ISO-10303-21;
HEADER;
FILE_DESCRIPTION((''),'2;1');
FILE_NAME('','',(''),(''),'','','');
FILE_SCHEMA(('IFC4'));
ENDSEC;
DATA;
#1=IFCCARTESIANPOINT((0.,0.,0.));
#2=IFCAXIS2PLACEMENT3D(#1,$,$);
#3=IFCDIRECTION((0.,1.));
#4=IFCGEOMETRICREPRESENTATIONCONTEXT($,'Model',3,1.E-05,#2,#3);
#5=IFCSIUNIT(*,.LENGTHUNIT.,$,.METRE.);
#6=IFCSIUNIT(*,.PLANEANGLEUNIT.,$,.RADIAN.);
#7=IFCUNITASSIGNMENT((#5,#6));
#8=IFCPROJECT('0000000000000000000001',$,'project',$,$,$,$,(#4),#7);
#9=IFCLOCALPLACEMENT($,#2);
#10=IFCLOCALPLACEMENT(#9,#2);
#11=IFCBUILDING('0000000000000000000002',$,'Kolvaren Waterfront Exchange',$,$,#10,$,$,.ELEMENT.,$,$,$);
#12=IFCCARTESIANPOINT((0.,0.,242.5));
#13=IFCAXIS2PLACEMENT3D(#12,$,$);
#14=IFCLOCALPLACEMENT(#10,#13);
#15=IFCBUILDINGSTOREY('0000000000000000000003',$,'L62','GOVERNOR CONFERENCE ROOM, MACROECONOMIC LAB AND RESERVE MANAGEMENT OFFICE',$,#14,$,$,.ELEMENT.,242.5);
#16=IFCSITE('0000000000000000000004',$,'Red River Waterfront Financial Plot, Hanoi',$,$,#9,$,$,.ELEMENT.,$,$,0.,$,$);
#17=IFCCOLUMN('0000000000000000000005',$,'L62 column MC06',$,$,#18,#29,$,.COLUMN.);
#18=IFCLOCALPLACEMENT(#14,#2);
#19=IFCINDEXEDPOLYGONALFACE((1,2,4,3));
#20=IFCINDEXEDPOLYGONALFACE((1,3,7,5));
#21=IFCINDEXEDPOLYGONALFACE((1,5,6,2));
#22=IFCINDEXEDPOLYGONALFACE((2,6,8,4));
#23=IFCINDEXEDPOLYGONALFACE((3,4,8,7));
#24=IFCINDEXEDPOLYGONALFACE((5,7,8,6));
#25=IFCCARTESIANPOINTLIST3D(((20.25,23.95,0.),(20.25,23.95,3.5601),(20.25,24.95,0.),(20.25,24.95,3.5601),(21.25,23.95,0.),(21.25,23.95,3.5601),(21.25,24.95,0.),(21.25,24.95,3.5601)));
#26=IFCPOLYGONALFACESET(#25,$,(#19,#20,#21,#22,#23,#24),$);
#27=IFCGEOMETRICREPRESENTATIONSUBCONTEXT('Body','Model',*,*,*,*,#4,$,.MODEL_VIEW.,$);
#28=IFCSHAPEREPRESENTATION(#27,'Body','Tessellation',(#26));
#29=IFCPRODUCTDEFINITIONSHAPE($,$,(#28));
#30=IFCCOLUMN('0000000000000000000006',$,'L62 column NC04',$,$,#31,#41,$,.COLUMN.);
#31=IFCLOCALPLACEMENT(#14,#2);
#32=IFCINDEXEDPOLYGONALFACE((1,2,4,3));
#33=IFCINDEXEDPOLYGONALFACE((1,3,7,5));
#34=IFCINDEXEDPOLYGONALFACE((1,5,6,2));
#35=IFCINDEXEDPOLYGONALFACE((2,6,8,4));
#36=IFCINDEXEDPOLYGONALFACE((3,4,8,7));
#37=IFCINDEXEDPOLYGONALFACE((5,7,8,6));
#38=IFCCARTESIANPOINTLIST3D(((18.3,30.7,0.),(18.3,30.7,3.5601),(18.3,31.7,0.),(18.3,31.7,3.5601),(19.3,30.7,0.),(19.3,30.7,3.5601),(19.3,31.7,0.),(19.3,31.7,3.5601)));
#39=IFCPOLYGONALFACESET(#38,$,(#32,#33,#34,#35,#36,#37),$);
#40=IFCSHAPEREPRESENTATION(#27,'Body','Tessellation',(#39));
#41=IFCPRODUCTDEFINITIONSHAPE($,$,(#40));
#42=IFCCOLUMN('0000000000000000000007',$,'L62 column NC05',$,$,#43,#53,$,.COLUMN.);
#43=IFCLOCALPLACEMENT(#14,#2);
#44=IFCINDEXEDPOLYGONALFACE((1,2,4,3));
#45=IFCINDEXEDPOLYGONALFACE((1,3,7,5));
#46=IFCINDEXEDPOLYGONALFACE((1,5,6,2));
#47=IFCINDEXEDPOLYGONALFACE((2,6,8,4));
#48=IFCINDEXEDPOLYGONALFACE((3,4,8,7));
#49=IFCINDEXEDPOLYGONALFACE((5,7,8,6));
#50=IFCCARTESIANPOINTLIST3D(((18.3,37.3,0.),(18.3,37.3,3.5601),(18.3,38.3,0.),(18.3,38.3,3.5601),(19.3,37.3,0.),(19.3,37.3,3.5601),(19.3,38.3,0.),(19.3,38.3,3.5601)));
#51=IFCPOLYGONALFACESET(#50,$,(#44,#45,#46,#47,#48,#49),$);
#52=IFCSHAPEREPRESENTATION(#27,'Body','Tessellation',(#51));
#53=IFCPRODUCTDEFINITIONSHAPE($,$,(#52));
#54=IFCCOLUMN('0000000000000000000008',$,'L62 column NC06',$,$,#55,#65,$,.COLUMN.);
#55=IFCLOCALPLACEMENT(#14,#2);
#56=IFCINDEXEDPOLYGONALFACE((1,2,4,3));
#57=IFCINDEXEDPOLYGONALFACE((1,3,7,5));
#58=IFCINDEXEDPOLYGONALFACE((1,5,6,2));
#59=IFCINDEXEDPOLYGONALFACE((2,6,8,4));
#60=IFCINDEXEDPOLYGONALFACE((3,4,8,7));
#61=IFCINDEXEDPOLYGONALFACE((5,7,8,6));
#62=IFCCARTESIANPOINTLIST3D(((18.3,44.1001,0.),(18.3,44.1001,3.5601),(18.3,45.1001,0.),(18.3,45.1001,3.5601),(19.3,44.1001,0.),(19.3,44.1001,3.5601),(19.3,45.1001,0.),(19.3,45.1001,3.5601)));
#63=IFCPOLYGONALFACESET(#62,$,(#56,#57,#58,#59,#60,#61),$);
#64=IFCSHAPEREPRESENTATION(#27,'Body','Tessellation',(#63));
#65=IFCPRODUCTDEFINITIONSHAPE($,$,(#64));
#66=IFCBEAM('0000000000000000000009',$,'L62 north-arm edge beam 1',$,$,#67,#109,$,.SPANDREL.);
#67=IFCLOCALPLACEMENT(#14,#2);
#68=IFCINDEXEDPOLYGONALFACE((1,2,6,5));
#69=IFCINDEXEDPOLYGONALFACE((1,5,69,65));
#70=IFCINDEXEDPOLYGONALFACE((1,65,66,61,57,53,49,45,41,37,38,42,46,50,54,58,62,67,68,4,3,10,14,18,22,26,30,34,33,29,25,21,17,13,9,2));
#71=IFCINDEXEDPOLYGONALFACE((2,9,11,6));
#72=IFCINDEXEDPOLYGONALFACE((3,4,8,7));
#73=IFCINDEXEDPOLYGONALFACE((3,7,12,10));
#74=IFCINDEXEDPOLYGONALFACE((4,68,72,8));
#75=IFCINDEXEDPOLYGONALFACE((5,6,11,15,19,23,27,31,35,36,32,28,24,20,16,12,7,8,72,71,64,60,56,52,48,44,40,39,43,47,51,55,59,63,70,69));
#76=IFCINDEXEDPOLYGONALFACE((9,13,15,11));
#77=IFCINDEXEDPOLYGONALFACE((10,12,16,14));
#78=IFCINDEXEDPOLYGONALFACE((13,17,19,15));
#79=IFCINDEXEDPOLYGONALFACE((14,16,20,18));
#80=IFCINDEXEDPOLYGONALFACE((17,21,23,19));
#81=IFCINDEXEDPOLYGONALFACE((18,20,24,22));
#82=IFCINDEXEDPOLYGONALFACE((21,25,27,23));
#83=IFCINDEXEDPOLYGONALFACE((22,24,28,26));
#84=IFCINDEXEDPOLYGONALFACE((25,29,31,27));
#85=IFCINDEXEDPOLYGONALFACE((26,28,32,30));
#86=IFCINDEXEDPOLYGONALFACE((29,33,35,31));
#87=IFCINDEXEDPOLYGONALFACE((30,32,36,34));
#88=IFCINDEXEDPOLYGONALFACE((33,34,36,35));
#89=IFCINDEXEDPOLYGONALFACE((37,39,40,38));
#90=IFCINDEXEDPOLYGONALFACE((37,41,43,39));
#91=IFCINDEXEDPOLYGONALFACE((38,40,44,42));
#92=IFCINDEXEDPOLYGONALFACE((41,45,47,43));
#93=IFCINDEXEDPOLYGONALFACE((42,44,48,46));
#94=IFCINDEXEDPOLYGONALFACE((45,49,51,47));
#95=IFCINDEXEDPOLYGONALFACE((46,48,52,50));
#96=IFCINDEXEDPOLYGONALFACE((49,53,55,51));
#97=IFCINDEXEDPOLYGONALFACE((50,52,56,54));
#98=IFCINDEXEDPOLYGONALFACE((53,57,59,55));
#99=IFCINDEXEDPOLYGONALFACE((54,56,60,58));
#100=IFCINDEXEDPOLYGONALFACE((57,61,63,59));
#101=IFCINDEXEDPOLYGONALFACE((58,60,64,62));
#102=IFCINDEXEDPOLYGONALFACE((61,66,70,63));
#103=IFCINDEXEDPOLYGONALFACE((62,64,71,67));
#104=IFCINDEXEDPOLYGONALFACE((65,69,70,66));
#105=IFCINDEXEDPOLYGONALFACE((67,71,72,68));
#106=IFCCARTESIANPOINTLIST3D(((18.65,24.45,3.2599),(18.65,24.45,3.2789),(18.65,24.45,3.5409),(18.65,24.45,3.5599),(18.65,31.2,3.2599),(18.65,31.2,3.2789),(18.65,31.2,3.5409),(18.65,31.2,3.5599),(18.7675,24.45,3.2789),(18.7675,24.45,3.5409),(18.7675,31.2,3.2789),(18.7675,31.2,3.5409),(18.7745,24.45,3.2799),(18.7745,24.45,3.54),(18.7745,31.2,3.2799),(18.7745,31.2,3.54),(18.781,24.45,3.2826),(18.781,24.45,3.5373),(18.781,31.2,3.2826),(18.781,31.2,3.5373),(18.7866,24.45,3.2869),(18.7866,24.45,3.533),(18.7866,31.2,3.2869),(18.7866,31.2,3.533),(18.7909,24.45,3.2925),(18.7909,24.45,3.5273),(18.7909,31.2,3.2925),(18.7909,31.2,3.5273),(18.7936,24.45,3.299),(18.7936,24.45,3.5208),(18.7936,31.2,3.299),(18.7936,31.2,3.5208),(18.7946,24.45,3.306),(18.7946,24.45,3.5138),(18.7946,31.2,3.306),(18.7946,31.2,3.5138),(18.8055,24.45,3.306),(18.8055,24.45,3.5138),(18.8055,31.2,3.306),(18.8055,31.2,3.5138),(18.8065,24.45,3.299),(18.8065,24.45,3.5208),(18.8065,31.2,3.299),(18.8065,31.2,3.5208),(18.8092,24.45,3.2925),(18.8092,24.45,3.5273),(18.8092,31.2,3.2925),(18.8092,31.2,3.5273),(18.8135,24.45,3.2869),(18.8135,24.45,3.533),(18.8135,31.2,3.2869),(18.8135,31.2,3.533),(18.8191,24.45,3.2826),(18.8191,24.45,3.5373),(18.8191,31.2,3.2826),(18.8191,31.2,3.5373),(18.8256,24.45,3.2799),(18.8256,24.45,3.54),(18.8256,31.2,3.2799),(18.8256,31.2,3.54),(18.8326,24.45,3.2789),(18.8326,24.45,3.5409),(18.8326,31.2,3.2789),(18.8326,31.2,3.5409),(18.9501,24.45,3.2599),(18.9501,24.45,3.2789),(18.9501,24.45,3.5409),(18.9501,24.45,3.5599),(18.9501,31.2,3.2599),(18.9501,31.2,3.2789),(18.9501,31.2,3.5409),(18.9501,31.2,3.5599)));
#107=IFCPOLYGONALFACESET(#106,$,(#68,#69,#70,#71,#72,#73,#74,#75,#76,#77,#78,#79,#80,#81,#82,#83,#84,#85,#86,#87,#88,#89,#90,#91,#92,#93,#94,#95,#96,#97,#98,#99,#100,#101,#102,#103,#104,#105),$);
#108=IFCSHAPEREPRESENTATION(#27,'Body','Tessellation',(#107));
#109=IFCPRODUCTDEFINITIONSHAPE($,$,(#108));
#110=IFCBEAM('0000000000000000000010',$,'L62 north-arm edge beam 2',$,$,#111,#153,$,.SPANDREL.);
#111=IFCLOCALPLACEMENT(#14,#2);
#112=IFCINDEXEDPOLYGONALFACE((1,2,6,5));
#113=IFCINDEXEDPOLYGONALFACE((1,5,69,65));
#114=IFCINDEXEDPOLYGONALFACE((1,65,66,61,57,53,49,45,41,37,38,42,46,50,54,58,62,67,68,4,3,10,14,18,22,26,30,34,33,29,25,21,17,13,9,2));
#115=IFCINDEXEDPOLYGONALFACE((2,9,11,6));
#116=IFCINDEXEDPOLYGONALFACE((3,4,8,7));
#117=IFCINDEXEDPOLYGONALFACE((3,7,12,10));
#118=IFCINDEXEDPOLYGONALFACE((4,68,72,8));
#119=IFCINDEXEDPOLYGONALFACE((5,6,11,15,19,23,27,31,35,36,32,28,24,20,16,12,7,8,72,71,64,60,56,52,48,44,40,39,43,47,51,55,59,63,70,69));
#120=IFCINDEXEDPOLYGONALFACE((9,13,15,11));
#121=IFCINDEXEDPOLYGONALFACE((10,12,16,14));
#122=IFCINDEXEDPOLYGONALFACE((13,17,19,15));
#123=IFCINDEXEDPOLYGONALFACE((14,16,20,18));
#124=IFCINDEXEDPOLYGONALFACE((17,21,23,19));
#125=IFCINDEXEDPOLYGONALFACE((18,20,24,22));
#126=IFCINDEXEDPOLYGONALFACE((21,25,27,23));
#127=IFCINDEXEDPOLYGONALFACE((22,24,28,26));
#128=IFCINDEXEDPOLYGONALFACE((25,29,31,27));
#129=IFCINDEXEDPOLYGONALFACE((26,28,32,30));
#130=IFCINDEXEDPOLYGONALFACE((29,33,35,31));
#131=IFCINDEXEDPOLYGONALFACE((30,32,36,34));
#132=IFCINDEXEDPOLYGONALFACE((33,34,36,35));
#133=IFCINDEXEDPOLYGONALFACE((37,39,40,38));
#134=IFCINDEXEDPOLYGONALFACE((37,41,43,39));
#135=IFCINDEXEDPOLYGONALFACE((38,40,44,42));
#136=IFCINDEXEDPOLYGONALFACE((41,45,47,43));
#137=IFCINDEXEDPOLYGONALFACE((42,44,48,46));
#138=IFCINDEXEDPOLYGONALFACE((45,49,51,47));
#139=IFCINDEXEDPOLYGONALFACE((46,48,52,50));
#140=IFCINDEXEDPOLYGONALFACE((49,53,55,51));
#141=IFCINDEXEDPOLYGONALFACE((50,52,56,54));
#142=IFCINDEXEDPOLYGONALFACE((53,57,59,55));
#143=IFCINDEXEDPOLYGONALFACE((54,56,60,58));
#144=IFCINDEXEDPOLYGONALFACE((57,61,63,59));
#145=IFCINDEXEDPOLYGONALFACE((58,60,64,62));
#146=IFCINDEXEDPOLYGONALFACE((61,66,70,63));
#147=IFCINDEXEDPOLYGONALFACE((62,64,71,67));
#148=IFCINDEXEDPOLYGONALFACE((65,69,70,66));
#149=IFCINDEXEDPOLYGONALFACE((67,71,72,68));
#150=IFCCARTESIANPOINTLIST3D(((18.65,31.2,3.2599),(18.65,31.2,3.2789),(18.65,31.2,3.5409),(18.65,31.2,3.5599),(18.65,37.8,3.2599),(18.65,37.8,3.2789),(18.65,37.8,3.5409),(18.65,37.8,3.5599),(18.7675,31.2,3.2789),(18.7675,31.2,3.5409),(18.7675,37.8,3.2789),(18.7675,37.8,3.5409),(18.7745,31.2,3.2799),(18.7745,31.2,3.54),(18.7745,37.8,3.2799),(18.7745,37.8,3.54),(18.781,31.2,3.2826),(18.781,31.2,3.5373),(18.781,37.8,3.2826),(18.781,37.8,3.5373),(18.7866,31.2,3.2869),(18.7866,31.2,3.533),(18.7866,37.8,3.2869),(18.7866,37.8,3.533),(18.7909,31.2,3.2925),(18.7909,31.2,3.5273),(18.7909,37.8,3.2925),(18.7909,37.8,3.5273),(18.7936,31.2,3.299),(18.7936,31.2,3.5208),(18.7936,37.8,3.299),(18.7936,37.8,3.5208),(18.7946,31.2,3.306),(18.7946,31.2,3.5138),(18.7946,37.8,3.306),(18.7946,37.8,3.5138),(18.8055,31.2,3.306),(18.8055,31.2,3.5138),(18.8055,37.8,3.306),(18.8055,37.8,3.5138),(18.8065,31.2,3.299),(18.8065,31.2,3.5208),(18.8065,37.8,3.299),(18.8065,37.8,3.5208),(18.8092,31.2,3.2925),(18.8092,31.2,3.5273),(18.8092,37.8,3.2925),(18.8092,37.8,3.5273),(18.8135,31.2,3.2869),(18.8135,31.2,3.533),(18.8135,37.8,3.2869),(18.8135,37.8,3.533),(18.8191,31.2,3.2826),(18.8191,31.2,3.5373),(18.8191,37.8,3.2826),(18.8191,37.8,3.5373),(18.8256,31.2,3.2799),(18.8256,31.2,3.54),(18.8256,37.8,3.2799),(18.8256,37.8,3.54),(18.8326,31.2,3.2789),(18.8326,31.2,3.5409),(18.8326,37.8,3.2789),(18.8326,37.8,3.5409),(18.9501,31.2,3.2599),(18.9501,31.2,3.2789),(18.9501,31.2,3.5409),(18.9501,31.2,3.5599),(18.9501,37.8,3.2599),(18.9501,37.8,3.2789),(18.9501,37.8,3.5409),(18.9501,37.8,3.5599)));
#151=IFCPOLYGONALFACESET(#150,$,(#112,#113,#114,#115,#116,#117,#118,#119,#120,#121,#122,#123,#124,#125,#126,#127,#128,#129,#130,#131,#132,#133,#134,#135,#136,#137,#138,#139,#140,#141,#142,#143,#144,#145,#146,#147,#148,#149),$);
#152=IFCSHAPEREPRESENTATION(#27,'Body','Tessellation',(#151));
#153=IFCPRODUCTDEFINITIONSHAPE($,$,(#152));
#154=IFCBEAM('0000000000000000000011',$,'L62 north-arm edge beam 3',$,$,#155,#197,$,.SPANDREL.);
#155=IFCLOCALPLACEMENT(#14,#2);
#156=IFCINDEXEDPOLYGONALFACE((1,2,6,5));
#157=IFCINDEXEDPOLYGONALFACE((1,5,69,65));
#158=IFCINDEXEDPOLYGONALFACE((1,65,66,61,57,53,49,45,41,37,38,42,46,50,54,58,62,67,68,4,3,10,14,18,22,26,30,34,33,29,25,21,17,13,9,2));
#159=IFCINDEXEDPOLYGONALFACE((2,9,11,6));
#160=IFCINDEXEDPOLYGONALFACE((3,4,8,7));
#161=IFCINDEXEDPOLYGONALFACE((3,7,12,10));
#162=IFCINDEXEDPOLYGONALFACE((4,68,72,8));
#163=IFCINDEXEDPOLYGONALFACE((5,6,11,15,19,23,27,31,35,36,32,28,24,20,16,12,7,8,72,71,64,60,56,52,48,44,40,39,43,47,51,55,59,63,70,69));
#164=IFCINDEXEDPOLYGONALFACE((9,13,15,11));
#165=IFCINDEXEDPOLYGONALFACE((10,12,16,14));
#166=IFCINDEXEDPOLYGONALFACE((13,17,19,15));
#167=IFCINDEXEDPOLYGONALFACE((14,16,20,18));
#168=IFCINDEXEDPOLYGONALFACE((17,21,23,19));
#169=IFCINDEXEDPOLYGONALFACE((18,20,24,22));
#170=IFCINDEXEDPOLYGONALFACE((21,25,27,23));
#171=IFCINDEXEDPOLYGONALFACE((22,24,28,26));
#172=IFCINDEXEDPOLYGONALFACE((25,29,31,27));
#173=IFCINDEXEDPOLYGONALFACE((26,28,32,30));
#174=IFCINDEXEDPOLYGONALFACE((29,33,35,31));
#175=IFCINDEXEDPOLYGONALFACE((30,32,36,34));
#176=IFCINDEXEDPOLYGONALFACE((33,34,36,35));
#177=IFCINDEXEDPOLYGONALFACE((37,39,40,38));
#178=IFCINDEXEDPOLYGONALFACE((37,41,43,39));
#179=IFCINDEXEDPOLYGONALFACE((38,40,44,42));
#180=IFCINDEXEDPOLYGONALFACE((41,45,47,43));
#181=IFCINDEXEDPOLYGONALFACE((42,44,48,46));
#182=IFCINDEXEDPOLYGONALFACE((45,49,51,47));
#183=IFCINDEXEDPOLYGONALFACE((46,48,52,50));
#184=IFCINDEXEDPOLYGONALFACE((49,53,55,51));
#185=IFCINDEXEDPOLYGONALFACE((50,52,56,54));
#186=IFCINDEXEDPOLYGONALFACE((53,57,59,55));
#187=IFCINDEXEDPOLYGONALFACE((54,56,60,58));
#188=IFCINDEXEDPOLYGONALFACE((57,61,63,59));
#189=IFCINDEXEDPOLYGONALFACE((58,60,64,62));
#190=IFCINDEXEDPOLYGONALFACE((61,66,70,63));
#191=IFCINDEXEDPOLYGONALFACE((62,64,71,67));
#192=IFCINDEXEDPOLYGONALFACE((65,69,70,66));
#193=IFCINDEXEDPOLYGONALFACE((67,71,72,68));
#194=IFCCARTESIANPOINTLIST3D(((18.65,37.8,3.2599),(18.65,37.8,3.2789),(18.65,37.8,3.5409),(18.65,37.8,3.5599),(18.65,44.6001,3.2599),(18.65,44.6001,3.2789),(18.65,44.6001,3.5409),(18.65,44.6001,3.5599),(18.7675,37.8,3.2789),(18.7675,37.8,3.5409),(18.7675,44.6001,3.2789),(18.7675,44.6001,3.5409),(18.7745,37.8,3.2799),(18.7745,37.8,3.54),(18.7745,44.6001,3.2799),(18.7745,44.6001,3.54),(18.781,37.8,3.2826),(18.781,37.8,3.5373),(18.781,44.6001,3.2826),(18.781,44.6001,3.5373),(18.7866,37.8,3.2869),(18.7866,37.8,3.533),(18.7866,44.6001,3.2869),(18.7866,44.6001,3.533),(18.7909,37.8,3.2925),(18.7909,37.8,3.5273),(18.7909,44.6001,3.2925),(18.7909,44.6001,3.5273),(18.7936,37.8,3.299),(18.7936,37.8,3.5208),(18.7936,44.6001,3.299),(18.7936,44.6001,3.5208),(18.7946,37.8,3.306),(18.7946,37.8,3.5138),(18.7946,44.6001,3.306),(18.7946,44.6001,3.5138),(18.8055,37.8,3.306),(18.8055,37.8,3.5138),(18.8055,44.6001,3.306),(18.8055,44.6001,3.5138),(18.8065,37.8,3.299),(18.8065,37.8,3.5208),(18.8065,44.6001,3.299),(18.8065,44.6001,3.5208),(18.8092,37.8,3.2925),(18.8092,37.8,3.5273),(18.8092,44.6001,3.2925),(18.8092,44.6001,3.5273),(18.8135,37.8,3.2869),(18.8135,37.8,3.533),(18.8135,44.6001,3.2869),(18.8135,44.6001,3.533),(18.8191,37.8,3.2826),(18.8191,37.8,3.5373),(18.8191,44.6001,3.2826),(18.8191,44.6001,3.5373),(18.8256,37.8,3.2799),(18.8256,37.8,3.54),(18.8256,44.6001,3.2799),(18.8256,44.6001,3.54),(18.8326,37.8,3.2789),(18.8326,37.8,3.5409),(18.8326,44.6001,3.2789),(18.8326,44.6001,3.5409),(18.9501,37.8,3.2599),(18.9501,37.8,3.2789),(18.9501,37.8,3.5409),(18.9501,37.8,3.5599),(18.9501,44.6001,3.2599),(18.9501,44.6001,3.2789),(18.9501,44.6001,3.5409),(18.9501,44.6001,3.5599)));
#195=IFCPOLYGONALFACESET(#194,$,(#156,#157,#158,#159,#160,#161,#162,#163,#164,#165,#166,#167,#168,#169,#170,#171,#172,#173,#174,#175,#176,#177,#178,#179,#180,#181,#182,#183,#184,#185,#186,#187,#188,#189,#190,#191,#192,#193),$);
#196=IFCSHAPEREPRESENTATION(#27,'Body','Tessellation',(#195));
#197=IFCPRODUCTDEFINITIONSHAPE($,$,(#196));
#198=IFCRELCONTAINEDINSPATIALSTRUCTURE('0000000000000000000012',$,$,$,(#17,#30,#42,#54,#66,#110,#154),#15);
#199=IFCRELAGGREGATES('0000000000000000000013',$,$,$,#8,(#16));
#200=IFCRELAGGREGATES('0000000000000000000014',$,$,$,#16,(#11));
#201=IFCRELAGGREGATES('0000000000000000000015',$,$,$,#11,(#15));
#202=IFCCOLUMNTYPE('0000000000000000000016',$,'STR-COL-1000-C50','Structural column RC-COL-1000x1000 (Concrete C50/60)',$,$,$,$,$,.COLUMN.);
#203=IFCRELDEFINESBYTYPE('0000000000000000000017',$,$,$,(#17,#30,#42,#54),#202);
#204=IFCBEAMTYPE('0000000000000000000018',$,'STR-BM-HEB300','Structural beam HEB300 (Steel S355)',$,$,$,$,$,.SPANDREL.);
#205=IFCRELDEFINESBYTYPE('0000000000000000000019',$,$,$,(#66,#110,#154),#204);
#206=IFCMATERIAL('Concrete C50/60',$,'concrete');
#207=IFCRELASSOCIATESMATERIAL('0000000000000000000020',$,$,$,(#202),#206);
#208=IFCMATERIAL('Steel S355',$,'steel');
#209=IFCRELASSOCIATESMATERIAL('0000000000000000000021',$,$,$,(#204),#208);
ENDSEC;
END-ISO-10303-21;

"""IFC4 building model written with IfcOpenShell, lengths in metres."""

from ifc_helpers import new_model, si_unit, direction, frame, origin, origin_2d, place, context, subcontext, project, spatial, rectangle, i_section, extrude, material, material_profile, profile_set, type_object, element, save


model = new_model("IFC4")

# Units and contexts
model_context = context("Model", 3, precision=1e-05, world=origin(), true_north=direction((0.0, 1.0)))
body_context = subcontext(model_context, "Body", "Model", "MODEL_VIEW")
ifc_project = project(units=[si_unit("LENGTHUNIT", "METRE"), si_unit("PLANEANGLEUNIT", "RADIAN")], contexts=[model_context])

# Site, building, storey
site_placement = place(None, origin())
site = spatial("IfcSite", under=ifc_project, at=site_placement, Name="Red River Waterfront Financial Plot, Hanoi", CompositionType="ELEMENT", RefElevation=0.0)
building_placement = place(site_placement, origin())
building = spatial("IfcBuilding", under=site, at=building_placement, Name="Kolvaren Waterfront Exchange", CompositionType="ELEMENT")
storey_placement = place(building_placement, frame((0.0, 0.0, 242.5)))
storey = spatial("IfcBuildingStorey", under=building, at=storey_placement, Name="L62", Description="GOVERNOR CONFERENCE ROOM, MACROECONOMIC LAB AND RESERVE MANAGEMENT OFFICE", CompositionType="ELEMENT", Elevation=242.5)

# Columns
ifc_material_1 = material(Name="Concrete C50/60", Category="concrete")
ifc_material_profile_1 = material_profile(ifc_material_1, rectangle(XDim=1.0, YDim=1.0, at=origin_2d()), Name="RC-COL-1000x1000")
ifc_profile_set_1 = profile_set([ifc_material_profile_1], Name="Concrete C50/60")
column_type = type_object("IfcColumnType", Name="STR-COL-1000-C50", Description="Structural column RC-COL-1000x1000 (Concrete C50/60)", PredefinedType="COLUMN", material=ifc_profile_set_1)
for number, where, z_axis, x_axis, name in (
    (1, (20.75, 24.45, 0.0), (0.0, 0.0, 1.0), (1.0, 0.0, 0.0), "L62 column MC06"),
    (2, (18.8, 31.2, 0.0), (0.0, 0.0, 1.0), (1.0, 0.0, 0.0), "L62 column NC04"),
    (3, (18.8, 37.8, 0.0), (0.0, 0.0, 1.0), (1.0, 0.0, 0.0), "L62 column NC05"),
    (4, (18.8, 44.6001, 0.0), (0.0, 0.0, 1.0), (1.0, 0.0, 0.0), "L62 column NC06"),
):
    element("IfcColumn", number, at=place(storey_placement, frame(where, z_axis=z_axis, x_axis=x_axis)), inside=storey, type_object=column_type, Name=name, PredefinedType="COLUMN", context=body_context, shape_type="SweptSolid", body=[
        extrude(rectangle(XDim=1.0, YDim=1.0, at=origin_2d()), origin(), (0.0, 0.0, 1.0), 3.5601),
    ])

# Beams
ifc_material_2 = material(Name="Steel S355", Category="steel")
ifc_material_profile_2 = material_profile(ifc_material_2, i_section(OverallWidth=0.3, OverallDepth=0.3, WebThickness=0.011, FlangeThickness=0.019, FilletRadius=0.0271, at=origin_2d()), Name="HEB300")
ifc_profile_set_2 = profile_set([ifc_material_profile_2], Name="Steel S355")
beam_type = type_object("IfcBeamType", Name="STR-BM-HEB300", Description="Structural beam HEB300 (Steel S355)", PredefinedType="SPANDREL", material=ifc_profile_set_2)
beam_1_placement = place(storey_placement, frame((18.8, 24.45, 3.4099), z_axis=(0.0, 1.0, 0.0), x_axis=(-1.0, 0.0, 0.0)))
element("IfcBeam", 5, at=beam_1_placement, inside=storey, type_object=beam_type, Name="L62 north-arm edge beam 1", PredefinedType="SPANDREL", context=body_context, shape_type="SweptSolid", body=[
    extrude(i_section(OverallWidth=0.3, OverallDepth=0.3, WebThickness=0.011, FlangeThickness=0.019, FilletRadius=0.0271, at=origin_2d()), origin(), (0.0, 0.0, 1.0), 6.75),
])
beam_2_placement = place(storey_placement, frame((18.8, 31.2, 3.4099), z_axis=(0.0, 1.0, 0.0), x_axis=(-1.0, 0.0, 0.0)))
element("IfcBeam", 6, at=beam_2_placement, inside=storey, type_object=beam_type, Name="L62 north-arm edge beam 2", PredefinedType="SPANDREL", context=body_context, shape_type="SweptSolid", body=[
    extrude(i_section(OverallWidth=0.3, OverallDepth=0.3, WebThickness=0.011, FlangeThickness=0.019, FilletRadius=0.0271, at=origin_2d()), origin(), (0.0, 0.0, 1.0), 6.6001),
])
beam_3_placement = place(storey_placement, frame((18.8, 37.8, 3.4099), z_axis=(0.0, 1.0, 0.0), x_axis=(-1.0, 0.0, 0.0)))
element("IfcBeam", 7, at=beam_3_placement, inside=storey, type_object=beam_type, Name="L62 north-arm edge beam 3", PredefinedType="SPANDREL", context=body_context, shape_type="SweptSolid", body=[
    extrude(i_section(OverallWidth=0.3, OverallDepth=0.3, WebThickness=0.011, FlangeThickness=0.019, FilletRadius=0.0271, at=origin_2d()), origin(), (0.0, 0.0, 1.0), 6.8),
])

save(model, "model.ifc")
